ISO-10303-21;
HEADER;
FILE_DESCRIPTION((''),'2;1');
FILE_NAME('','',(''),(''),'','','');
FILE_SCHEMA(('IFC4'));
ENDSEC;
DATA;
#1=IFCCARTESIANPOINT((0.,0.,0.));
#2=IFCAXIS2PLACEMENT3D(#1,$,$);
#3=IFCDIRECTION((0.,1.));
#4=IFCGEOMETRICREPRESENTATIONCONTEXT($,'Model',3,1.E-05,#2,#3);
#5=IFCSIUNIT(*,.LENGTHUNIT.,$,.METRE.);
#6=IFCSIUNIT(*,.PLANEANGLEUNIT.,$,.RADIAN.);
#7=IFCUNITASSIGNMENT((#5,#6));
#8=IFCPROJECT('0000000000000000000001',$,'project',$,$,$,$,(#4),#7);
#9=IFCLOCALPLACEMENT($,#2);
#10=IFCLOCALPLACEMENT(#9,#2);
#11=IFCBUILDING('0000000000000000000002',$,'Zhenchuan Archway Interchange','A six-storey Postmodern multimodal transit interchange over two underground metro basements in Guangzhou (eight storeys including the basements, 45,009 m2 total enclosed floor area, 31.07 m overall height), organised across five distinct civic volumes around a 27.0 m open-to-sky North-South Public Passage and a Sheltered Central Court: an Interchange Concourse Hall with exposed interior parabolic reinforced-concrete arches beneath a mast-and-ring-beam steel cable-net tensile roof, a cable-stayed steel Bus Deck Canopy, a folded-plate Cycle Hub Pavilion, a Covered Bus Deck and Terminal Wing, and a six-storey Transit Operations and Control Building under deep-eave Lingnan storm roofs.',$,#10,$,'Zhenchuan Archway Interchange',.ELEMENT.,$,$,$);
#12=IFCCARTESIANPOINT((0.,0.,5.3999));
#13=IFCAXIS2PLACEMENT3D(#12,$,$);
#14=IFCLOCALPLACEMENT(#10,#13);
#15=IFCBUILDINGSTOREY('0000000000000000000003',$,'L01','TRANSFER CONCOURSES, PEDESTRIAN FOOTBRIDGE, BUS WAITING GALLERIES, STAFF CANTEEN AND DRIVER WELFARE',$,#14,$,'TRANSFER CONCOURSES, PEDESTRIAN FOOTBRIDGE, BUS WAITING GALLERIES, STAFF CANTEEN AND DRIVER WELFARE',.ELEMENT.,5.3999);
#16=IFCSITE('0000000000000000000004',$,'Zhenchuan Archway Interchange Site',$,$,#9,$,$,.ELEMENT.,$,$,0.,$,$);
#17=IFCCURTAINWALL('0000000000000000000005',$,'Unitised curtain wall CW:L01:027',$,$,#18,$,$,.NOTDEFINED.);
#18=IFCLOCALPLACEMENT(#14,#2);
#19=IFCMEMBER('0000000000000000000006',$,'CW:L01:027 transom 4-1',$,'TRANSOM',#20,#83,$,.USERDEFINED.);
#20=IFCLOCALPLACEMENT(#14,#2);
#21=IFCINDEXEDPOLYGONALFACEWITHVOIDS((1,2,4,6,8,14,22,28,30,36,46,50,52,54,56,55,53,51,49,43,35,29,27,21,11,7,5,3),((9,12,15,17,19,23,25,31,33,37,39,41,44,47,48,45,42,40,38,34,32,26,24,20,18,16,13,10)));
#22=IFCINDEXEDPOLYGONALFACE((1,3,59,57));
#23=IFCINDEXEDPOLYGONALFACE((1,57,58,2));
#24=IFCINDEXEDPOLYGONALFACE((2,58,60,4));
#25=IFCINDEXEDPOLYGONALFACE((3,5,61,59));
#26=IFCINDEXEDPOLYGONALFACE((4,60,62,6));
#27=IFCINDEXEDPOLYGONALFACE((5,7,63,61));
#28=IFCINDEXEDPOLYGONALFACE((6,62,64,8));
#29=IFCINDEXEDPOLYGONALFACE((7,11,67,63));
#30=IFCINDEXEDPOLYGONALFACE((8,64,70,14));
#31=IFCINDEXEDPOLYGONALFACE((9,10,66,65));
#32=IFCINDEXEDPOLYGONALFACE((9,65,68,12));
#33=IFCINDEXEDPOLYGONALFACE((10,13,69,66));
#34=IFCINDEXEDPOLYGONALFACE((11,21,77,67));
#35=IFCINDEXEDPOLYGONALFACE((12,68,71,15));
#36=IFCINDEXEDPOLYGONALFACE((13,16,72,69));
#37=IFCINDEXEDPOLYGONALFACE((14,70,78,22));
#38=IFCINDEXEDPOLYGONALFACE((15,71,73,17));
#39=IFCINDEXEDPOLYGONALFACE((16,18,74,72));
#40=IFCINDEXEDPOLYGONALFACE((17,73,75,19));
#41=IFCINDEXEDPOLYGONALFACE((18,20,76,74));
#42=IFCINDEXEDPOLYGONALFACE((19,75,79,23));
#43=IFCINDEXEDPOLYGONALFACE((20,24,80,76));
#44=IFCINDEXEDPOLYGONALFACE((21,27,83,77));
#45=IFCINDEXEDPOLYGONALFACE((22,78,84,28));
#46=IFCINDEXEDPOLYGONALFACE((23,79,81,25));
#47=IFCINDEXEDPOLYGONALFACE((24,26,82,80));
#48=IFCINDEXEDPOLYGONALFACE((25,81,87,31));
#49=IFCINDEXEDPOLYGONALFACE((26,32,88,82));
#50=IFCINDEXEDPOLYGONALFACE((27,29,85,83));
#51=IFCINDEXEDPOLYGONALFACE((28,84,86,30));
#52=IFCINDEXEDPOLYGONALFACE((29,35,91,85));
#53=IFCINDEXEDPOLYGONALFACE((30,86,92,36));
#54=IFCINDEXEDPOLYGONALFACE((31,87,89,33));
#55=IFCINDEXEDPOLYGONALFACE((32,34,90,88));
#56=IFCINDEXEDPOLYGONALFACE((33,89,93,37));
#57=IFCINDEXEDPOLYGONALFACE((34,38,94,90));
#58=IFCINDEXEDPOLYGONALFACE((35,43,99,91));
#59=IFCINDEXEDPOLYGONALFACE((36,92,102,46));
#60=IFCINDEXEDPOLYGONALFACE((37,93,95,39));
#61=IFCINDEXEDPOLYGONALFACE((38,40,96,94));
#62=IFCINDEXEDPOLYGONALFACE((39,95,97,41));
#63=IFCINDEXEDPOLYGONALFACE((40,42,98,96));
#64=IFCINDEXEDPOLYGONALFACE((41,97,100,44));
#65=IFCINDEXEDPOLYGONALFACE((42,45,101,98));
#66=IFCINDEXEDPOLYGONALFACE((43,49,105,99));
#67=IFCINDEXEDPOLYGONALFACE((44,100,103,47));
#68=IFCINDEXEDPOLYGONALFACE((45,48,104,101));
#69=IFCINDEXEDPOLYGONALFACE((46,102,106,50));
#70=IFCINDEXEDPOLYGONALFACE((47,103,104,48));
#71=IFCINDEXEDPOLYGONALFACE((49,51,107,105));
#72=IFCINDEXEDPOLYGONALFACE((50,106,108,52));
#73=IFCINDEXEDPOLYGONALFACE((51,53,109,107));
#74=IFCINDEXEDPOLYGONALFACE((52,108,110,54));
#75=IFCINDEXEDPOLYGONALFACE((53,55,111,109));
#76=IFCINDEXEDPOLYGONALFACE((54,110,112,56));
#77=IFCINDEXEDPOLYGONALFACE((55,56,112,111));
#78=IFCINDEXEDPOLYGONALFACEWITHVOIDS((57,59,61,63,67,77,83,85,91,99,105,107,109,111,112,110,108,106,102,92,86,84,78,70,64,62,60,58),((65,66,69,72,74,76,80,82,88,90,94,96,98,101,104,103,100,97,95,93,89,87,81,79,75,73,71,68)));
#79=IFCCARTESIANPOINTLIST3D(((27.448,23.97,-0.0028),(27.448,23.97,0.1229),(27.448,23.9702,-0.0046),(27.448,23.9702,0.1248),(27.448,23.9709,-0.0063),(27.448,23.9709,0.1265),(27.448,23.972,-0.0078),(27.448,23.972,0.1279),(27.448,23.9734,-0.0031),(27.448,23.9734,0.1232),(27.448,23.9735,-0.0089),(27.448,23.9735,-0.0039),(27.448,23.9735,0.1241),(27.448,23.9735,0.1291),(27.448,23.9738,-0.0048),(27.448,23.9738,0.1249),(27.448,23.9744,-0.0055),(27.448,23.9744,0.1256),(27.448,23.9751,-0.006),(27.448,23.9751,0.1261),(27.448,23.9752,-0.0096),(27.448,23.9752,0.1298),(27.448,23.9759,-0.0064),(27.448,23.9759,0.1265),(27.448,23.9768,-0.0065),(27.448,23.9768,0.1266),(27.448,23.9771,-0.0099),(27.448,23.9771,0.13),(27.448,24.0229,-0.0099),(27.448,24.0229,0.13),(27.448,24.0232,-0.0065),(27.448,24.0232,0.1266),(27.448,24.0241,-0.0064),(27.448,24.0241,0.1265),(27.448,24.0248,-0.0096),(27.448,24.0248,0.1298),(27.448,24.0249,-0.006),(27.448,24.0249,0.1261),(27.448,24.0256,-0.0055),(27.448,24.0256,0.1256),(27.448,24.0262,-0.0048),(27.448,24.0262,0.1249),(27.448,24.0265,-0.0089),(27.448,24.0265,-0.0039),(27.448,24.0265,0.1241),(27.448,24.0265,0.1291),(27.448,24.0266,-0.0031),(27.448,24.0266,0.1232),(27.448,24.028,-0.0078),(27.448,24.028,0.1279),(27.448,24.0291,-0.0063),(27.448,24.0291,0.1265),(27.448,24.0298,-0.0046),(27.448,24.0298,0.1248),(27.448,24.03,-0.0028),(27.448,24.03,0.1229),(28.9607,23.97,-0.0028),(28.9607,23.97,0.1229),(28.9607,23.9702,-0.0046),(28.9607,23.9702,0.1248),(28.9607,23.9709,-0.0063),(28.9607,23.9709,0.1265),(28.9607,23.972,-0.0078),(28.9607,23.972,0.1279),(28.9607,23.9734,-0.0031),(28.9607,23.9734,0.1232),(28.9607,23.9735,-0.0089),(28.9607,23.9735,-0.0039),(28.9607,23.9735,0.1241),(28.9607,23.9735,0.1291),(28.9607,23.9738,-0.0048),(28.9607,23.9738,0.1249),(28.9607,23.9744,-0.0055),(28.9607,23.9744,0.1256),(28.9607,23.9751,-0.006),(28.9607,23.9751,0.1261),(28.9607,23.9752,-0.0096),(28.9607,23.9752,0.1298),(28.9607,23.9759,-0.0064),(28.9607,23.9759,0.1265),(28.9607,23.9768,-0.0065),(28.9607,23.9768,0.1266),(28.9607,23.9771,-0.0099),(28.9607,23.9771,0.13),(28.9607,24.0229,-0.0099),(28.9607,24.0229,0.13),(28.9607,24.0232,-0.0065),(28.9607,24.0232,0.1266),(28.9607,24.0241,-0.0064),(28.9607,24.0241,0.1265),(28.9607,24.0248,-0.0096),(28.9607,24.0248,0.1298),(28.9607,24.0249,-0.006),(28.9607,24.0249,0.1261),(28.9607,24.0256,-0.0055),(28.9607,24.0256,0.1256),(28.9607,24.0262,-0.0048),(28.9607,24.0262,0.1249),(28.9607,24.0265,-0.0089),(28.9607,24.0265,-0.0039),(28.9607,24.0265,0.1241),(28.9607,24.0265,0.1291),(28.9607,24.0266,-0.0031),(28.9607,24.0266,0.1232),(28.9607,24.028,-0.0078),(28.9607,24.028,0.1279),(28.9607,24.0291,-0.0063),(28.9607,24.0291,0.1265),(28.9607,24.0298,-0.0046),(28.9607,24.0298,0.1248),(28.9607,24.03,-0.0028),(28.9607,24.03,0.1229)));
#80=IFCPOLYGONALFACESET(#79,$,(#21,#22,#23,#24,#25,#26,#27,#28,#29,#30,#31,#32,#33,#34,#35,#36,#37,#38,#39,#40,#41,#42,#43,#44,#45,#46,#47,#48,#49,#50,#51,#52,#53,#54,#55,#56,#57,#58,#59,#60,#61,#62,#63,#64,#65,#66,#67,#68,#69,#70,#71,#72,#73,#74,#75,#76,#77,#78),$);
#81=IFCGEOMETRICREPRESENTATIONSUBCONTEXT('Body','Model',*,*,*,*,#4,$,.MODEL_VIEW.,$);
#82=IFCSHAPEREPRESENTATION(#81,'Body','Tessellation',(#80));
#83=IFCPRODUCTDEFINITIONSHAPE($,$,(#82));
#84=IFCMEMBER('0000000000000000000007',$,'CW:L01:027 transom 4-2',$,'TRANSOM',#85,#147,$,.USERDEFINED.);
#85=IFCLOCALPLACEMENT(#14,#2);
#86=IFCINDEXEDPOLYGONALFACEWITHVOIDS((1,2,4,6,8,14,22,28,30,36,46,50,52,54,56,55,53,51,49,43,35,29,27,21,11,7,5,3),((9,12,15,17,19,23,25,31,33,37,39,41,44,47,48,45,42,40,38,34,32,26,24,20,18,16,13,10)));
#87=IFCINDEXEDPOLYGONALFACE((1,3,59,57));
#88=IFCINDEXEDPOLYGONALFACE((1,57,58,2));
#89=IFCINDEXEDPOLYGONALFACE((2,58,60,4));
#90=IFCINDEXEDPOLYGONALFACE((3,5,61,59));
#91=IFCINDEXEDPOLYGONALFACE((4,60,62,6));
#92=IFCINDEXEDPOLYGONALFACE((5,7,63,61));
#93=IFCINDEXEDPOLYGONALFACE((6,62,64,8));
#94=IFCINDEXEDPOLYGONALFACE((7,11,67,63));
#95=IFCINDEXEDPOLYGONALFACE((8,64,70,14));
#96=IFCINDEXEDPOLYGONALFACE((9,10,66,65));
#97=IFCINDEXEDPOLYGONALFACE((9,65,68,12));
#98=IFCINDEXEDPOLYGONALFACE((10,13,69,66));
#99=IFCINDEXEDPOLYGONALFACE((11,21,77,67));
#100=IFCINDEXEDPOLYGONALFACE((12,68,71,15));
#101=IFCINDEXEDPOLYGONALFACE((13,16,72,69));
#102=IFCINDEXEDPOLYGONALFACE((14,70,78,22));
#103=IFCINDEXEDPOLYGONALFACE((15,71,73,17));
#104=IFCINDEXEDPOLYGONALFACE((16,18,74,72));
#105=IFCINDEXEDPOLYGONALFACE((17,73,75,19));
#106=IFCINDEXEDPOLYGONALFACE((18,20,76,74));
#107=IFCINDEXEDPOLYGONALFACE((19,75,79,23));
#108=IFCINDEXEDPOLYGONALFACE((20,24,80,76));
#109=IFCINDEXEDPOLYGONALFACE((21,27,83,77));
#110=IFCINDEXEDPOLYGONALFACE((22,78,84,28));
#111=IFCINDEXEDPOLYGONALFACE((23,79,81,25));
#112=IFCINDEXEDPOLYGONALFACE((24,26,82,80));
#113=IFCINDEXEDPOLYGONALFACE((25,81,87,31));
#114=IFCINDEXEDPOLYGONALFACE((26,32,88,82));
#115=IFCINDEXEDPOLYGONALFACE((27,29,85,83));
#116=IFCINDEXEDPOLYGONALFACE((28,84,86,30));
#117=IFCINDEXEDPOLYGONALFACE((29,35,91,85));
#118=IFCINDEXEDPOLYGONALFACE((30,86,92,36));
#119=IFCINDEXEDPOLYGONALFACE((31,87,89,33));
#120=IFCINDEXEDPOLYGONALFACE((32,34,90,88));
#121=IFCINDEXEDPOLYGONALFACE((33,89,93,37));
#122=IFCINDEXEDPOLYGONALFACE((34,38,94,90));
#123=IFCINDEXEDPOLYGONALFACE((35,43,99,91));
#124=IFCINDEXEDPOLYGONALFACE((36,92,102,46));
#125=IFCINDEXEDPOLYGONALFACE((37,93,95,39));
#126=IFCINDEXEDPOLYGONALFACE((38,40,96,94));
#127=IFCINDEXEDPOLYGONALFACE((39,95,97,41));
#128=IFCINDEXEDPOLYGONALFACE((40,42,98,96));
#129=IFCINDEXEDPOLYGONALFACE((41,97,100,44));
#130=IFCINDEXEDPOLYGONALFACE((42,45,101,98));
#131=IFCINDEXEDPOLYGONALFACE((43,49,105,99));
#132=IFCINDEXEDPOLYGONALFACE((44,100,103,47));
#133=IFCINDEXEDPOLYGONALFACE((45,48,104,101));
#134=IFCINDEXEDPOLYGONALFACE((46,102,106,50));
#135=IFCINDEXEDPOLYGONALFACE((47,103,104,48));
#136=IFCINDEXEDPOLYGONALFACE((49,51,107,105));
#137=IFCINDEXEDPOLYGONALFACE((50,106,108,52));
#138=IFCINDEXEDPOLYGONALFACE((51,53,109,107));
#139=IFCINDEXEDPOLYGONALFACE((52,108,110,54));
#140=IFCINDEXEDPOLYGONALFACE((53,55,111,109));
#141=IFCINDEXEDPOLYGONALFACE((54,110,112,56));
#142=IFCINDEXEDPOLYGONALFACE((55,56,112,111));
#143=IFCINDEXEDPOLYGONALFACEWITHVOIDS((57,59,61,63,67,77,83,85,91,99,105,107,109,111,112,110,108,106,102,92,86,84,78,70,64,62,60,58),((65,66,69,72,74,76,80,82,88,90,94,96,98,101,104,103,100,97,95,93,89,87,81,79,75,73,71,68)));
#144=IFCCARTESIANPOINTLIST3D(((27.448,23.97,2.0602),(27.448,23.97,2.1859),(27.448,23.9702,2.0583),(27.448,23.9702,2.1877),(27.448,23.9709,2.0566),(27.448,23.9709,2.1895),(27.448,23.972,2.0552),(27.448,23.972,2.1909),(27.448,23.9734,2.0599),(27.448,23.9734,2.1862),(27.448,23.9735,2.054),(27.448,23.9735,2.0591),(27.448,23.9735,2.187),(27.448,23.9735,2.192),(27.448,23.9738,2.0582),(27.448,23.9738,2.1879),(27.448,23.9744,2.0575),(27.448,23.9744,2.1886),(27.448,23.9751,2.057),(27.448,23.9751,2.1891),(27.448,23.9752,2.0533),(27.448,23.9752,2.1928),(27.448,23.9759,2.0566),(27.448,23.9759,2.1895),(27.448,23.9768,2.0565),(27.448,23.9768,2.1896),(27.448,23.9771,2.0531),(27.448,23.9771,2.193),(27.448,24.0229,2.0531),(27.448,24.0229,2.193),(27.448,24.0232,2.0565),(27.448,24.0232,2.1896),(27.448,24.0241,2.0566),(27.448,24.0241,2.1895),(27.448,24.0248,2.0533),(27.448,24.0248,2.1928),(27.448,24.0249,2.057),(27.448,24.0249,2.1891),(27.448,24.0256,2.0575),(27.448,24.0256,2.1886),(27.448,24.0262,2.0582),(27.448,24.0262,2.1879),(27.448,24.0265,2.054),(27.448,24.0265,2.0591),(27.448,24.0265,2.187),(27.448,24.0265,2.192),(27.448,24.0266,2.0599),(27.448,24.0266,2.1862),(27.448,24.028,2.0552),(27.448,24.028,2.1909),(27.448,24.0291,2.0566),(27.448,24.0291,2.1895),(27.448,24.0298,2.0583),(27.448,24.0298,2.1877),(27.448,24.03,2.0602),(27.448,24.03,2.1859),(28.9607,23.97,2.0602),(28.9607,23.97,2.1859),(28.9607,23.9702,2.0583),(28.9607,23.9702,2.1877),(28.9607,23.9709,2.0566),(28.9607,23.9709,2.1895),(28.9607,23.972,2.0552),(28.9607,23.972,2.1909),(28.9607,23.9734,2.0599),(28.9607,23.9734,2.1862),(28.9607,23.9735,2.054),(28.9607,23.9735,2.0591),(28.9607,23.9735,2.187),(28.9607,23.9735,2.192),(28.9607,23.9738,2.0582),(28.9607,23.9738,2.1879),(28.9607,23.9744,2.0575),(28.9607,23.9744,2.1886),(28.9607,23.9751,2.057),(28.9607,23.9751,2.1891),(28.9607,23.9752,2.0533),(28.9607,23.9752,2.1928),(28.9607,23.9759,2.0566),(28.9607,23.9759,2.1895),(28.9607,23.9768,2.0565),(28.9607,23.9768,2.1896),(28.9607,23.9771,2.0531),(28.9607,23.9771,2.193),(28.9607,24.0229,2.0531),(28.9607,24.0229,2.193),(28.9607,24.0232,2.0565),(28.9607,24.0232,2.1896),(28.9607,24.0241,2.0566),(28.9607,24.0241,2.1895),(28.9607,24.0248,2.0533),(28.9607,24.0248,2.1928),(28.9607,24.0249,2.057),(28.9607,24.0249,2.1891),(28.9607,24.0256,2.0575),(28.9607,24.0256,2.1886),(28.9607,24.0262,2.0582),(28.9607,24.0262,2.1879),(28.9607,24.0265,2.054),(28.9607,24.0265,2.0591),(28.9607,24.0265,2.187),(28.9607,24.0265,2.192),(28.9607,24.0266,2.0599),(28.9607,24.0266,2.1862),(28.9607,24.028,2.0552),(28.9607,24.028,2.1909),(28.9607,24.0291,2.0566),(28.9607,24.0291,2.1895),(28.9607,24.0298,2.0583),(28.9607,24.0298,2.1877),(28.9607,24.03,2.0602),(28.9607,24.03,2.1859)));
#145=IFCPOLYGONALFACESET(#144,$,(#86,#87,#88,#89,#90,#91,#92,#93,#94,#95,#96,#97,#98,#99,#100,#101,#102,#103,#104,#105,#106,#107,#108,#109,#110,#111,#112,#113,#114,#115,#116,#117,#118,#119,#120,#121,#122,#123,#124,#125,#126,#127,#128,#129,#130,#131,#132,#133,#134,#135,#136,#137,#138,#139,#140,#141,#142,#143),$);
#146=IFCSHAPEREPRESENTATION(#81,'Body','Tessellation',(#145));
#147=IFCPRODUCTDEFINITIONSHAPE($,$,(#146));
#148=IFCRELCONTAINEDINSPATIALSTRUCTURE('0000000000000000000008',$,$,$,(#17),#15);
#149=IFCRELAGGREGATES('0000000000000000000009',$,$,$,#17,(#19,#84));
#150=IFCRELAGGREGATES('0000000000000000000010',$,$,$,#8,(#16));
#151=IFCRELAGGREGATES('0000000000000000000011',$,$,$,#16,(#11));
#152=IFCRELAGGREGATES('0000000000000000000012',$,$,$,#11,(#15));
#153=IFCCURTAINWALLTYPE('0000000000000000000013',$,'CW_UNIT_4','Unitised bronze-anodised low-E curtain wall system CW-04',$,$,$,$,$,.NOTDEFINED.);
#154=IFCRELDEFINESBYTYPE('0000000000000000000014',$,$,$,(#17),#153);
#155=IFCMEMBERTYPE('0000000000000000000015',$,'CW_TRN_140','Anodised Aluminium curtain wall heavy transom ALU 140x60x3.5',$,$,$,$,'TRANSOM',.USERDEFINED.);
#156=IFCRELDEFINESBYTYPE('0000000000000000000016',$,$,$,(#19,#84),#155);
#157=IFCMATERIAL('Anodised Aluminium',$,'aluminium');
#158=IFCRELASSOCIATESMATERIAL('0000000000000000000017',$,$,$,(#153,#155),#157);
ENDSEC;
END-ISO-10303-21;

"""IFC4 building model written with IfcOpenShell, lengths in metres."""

from ifc_helpers import new_model, si_unit, direction, frame, origin, origin_2d, place, context, subcontext, project, spatial, hollow_rectangle, extrude, material, material_profile, profile_set, type_object, element, aggregate, save


model = new_model("IFC4")

# Units and contexts
model_context = context("Model", 3, precision=1e-05, world=origin(), true_north=direction((0.0, 1.0)))
body_context = subcontext(model_context, "Body", "Model", "MODEL_VIEW")
ifc_project = project(units=[si_unit("LENGTHUNIT", "METRE"), si_unit("PLANEANGLEUNIT", "RADIAN")], contexts=[model_context])

# Site, building, storey
site_placement = place(None, origin())
site = spatial("IfcSite", under=ifc_project, at=site_placement, Name="Zhenchuan Archway Interchange Site", CompositionType="ELEMENT", RefElevation=0.0)
building_placement = place(site_placement, origin())
building = spatial("IfcBuilding", under=site, at=building_placement, Name="Zhenchuan Archway Interchange", Description="A six-storey Postmodern multimodal transit interchange over two underground metro basements in Guangzhou (eight storeys including the basements, 45,009 m2 total enclosed floor area, 31.07 m overall height), organised across five distinct civic volumes around a 27.0 m open-to-sky North-South Public Passage and a Sheltered Central Court: an Interchange Concourse Hall with exposed interior parabolic reinforced-concrete arches beneath a mast-and-ring-beam steel cable-net tensile roof, a cable-stayed steel Bus Deck Canopy, a folded-plate Cycle Hub Pavilion, a Covered Bus Deck and Terminal Wing, and a six-storey Transit Operations and Control Building under deep-eave Lingnan storm roofs.", LongName="Zhenchuan Archway Interchange", CompositionType="ELEMENT")
storey_placement = place(building_placement, frame((0.0, 0.0, 5.3999)))
storey = spatial("IfcBuildingStorey", under=building, at=storey_placement, Name="L01", Description="TRANSFER CONCOURSES, PEDESTRIAN FOOTBRIDGE, BUS WAITING GALLERIES, STAFF CANTEEN AND DRIVER WELFARE", LongName="TRANSFER CONCOURSES, PEDESTRIAN FOOTBRIDGE, BUS WAITING GALLERIES, STAFF CANTEEN AND DRIVER WELFARE", CompositionType="ELEMENT", Elevation=5.3999)

# Curtain wall
ifc_material_1 = material(Name="Anodised Aluminium", Category="aluminium")
curtain_wall_type_1 = type_object("IfcCurtainWallType", Name="CW_UNIT_4", Description="Unitised bronze-anodised low-E curtain wall system CW-04", PredefinedType="NOTDEFINED", material=ifc_material_1)
curtain_wall_1_placement = place(storey_placement, origin())
curtain_wall_1 = element("IfcCurtainWall", 1, at=curtain_wall_1_placement, inside=storey, type_object=curtain_wall_type_1, Name="Unitised curtain wall CW:L01:027", PredefinedType="NOTDEFINED")

# Members
ifc_material_profile_1 = material_profile(ifc_material_1, hollow_rectangle(XDim=0.0601, YDim=0.1399, WallThickness=0.0034, InnerFilletRadius=0.0034, OuterFilletRadius=0.0071, at=origin_2d()), Name="ALU 140x60x3.5")
ifc_profile_set_1 = profile_set([ifc_material_profile_1], Name="Anodised Aluminium")
member_type_1 = type_object("IfcMemberType", Name="CW_TRN_140", Description="Anodised Aluminium curtain wall heavy transom ALU 140x60x3.5", ElementType="TRANSOM", PredefinedType="USERDEFINED", material=ifc_profile_set_1)
member_1_placement = place(storey_placement, frame((28.9607, 24.0, 0.0601), z_axis=(-1.0, 0.0, 0.0), x_axis=(0.0, -1.0, 0.0)))
member_1 = element("IfcMember", 2, at=member_1_placement, type_object=member_type_1, Name="CW:L01:027 transom 4-1", ObjectType="TRANSOM", PredefinedType="USERDEFINED", context=body_context, shape_type="SweptSolid", body=[
    extrude(hollow_rectangle(XDim=0.0601, YDim=0.1399, WallThickness=0.0034, InnerFilletRadius=0.0034, OuterFilletRadius=0.0071, at=origin_2d()), origin(), (0.0, 0.0, 1.0), 1.5127),
])
member_2_placement = place(storey_placement, frame((28.9607, 24.0, 2.123), z_axis=(-1.0, 0.0, 0.0), x_axis=(0.0, -1.0, 0.0)))
member_2 = element("IfcMember", 3, at=member_2_placement, type_object=member_type_1, Name="CW:L01:027 transom 4-2", ObjectType="TRANSOM", PredefinedType="USERDEFINED", context=body_context, shape_type="SweptSolid", body=[
    extrude(hollow_rectangle(XDim=0.0601, YDim=0.1399, WallThickness=0.0034, InnerFilletRadius=0.0034, OuterFilletRadius=0.0071, at=origin_2d()), origin(), (0.0, 0.0, 1.0), 1.5127),
])

aggregate(curtain_wall_1, [member_1, member_2])

save(model, "model.ifc")
